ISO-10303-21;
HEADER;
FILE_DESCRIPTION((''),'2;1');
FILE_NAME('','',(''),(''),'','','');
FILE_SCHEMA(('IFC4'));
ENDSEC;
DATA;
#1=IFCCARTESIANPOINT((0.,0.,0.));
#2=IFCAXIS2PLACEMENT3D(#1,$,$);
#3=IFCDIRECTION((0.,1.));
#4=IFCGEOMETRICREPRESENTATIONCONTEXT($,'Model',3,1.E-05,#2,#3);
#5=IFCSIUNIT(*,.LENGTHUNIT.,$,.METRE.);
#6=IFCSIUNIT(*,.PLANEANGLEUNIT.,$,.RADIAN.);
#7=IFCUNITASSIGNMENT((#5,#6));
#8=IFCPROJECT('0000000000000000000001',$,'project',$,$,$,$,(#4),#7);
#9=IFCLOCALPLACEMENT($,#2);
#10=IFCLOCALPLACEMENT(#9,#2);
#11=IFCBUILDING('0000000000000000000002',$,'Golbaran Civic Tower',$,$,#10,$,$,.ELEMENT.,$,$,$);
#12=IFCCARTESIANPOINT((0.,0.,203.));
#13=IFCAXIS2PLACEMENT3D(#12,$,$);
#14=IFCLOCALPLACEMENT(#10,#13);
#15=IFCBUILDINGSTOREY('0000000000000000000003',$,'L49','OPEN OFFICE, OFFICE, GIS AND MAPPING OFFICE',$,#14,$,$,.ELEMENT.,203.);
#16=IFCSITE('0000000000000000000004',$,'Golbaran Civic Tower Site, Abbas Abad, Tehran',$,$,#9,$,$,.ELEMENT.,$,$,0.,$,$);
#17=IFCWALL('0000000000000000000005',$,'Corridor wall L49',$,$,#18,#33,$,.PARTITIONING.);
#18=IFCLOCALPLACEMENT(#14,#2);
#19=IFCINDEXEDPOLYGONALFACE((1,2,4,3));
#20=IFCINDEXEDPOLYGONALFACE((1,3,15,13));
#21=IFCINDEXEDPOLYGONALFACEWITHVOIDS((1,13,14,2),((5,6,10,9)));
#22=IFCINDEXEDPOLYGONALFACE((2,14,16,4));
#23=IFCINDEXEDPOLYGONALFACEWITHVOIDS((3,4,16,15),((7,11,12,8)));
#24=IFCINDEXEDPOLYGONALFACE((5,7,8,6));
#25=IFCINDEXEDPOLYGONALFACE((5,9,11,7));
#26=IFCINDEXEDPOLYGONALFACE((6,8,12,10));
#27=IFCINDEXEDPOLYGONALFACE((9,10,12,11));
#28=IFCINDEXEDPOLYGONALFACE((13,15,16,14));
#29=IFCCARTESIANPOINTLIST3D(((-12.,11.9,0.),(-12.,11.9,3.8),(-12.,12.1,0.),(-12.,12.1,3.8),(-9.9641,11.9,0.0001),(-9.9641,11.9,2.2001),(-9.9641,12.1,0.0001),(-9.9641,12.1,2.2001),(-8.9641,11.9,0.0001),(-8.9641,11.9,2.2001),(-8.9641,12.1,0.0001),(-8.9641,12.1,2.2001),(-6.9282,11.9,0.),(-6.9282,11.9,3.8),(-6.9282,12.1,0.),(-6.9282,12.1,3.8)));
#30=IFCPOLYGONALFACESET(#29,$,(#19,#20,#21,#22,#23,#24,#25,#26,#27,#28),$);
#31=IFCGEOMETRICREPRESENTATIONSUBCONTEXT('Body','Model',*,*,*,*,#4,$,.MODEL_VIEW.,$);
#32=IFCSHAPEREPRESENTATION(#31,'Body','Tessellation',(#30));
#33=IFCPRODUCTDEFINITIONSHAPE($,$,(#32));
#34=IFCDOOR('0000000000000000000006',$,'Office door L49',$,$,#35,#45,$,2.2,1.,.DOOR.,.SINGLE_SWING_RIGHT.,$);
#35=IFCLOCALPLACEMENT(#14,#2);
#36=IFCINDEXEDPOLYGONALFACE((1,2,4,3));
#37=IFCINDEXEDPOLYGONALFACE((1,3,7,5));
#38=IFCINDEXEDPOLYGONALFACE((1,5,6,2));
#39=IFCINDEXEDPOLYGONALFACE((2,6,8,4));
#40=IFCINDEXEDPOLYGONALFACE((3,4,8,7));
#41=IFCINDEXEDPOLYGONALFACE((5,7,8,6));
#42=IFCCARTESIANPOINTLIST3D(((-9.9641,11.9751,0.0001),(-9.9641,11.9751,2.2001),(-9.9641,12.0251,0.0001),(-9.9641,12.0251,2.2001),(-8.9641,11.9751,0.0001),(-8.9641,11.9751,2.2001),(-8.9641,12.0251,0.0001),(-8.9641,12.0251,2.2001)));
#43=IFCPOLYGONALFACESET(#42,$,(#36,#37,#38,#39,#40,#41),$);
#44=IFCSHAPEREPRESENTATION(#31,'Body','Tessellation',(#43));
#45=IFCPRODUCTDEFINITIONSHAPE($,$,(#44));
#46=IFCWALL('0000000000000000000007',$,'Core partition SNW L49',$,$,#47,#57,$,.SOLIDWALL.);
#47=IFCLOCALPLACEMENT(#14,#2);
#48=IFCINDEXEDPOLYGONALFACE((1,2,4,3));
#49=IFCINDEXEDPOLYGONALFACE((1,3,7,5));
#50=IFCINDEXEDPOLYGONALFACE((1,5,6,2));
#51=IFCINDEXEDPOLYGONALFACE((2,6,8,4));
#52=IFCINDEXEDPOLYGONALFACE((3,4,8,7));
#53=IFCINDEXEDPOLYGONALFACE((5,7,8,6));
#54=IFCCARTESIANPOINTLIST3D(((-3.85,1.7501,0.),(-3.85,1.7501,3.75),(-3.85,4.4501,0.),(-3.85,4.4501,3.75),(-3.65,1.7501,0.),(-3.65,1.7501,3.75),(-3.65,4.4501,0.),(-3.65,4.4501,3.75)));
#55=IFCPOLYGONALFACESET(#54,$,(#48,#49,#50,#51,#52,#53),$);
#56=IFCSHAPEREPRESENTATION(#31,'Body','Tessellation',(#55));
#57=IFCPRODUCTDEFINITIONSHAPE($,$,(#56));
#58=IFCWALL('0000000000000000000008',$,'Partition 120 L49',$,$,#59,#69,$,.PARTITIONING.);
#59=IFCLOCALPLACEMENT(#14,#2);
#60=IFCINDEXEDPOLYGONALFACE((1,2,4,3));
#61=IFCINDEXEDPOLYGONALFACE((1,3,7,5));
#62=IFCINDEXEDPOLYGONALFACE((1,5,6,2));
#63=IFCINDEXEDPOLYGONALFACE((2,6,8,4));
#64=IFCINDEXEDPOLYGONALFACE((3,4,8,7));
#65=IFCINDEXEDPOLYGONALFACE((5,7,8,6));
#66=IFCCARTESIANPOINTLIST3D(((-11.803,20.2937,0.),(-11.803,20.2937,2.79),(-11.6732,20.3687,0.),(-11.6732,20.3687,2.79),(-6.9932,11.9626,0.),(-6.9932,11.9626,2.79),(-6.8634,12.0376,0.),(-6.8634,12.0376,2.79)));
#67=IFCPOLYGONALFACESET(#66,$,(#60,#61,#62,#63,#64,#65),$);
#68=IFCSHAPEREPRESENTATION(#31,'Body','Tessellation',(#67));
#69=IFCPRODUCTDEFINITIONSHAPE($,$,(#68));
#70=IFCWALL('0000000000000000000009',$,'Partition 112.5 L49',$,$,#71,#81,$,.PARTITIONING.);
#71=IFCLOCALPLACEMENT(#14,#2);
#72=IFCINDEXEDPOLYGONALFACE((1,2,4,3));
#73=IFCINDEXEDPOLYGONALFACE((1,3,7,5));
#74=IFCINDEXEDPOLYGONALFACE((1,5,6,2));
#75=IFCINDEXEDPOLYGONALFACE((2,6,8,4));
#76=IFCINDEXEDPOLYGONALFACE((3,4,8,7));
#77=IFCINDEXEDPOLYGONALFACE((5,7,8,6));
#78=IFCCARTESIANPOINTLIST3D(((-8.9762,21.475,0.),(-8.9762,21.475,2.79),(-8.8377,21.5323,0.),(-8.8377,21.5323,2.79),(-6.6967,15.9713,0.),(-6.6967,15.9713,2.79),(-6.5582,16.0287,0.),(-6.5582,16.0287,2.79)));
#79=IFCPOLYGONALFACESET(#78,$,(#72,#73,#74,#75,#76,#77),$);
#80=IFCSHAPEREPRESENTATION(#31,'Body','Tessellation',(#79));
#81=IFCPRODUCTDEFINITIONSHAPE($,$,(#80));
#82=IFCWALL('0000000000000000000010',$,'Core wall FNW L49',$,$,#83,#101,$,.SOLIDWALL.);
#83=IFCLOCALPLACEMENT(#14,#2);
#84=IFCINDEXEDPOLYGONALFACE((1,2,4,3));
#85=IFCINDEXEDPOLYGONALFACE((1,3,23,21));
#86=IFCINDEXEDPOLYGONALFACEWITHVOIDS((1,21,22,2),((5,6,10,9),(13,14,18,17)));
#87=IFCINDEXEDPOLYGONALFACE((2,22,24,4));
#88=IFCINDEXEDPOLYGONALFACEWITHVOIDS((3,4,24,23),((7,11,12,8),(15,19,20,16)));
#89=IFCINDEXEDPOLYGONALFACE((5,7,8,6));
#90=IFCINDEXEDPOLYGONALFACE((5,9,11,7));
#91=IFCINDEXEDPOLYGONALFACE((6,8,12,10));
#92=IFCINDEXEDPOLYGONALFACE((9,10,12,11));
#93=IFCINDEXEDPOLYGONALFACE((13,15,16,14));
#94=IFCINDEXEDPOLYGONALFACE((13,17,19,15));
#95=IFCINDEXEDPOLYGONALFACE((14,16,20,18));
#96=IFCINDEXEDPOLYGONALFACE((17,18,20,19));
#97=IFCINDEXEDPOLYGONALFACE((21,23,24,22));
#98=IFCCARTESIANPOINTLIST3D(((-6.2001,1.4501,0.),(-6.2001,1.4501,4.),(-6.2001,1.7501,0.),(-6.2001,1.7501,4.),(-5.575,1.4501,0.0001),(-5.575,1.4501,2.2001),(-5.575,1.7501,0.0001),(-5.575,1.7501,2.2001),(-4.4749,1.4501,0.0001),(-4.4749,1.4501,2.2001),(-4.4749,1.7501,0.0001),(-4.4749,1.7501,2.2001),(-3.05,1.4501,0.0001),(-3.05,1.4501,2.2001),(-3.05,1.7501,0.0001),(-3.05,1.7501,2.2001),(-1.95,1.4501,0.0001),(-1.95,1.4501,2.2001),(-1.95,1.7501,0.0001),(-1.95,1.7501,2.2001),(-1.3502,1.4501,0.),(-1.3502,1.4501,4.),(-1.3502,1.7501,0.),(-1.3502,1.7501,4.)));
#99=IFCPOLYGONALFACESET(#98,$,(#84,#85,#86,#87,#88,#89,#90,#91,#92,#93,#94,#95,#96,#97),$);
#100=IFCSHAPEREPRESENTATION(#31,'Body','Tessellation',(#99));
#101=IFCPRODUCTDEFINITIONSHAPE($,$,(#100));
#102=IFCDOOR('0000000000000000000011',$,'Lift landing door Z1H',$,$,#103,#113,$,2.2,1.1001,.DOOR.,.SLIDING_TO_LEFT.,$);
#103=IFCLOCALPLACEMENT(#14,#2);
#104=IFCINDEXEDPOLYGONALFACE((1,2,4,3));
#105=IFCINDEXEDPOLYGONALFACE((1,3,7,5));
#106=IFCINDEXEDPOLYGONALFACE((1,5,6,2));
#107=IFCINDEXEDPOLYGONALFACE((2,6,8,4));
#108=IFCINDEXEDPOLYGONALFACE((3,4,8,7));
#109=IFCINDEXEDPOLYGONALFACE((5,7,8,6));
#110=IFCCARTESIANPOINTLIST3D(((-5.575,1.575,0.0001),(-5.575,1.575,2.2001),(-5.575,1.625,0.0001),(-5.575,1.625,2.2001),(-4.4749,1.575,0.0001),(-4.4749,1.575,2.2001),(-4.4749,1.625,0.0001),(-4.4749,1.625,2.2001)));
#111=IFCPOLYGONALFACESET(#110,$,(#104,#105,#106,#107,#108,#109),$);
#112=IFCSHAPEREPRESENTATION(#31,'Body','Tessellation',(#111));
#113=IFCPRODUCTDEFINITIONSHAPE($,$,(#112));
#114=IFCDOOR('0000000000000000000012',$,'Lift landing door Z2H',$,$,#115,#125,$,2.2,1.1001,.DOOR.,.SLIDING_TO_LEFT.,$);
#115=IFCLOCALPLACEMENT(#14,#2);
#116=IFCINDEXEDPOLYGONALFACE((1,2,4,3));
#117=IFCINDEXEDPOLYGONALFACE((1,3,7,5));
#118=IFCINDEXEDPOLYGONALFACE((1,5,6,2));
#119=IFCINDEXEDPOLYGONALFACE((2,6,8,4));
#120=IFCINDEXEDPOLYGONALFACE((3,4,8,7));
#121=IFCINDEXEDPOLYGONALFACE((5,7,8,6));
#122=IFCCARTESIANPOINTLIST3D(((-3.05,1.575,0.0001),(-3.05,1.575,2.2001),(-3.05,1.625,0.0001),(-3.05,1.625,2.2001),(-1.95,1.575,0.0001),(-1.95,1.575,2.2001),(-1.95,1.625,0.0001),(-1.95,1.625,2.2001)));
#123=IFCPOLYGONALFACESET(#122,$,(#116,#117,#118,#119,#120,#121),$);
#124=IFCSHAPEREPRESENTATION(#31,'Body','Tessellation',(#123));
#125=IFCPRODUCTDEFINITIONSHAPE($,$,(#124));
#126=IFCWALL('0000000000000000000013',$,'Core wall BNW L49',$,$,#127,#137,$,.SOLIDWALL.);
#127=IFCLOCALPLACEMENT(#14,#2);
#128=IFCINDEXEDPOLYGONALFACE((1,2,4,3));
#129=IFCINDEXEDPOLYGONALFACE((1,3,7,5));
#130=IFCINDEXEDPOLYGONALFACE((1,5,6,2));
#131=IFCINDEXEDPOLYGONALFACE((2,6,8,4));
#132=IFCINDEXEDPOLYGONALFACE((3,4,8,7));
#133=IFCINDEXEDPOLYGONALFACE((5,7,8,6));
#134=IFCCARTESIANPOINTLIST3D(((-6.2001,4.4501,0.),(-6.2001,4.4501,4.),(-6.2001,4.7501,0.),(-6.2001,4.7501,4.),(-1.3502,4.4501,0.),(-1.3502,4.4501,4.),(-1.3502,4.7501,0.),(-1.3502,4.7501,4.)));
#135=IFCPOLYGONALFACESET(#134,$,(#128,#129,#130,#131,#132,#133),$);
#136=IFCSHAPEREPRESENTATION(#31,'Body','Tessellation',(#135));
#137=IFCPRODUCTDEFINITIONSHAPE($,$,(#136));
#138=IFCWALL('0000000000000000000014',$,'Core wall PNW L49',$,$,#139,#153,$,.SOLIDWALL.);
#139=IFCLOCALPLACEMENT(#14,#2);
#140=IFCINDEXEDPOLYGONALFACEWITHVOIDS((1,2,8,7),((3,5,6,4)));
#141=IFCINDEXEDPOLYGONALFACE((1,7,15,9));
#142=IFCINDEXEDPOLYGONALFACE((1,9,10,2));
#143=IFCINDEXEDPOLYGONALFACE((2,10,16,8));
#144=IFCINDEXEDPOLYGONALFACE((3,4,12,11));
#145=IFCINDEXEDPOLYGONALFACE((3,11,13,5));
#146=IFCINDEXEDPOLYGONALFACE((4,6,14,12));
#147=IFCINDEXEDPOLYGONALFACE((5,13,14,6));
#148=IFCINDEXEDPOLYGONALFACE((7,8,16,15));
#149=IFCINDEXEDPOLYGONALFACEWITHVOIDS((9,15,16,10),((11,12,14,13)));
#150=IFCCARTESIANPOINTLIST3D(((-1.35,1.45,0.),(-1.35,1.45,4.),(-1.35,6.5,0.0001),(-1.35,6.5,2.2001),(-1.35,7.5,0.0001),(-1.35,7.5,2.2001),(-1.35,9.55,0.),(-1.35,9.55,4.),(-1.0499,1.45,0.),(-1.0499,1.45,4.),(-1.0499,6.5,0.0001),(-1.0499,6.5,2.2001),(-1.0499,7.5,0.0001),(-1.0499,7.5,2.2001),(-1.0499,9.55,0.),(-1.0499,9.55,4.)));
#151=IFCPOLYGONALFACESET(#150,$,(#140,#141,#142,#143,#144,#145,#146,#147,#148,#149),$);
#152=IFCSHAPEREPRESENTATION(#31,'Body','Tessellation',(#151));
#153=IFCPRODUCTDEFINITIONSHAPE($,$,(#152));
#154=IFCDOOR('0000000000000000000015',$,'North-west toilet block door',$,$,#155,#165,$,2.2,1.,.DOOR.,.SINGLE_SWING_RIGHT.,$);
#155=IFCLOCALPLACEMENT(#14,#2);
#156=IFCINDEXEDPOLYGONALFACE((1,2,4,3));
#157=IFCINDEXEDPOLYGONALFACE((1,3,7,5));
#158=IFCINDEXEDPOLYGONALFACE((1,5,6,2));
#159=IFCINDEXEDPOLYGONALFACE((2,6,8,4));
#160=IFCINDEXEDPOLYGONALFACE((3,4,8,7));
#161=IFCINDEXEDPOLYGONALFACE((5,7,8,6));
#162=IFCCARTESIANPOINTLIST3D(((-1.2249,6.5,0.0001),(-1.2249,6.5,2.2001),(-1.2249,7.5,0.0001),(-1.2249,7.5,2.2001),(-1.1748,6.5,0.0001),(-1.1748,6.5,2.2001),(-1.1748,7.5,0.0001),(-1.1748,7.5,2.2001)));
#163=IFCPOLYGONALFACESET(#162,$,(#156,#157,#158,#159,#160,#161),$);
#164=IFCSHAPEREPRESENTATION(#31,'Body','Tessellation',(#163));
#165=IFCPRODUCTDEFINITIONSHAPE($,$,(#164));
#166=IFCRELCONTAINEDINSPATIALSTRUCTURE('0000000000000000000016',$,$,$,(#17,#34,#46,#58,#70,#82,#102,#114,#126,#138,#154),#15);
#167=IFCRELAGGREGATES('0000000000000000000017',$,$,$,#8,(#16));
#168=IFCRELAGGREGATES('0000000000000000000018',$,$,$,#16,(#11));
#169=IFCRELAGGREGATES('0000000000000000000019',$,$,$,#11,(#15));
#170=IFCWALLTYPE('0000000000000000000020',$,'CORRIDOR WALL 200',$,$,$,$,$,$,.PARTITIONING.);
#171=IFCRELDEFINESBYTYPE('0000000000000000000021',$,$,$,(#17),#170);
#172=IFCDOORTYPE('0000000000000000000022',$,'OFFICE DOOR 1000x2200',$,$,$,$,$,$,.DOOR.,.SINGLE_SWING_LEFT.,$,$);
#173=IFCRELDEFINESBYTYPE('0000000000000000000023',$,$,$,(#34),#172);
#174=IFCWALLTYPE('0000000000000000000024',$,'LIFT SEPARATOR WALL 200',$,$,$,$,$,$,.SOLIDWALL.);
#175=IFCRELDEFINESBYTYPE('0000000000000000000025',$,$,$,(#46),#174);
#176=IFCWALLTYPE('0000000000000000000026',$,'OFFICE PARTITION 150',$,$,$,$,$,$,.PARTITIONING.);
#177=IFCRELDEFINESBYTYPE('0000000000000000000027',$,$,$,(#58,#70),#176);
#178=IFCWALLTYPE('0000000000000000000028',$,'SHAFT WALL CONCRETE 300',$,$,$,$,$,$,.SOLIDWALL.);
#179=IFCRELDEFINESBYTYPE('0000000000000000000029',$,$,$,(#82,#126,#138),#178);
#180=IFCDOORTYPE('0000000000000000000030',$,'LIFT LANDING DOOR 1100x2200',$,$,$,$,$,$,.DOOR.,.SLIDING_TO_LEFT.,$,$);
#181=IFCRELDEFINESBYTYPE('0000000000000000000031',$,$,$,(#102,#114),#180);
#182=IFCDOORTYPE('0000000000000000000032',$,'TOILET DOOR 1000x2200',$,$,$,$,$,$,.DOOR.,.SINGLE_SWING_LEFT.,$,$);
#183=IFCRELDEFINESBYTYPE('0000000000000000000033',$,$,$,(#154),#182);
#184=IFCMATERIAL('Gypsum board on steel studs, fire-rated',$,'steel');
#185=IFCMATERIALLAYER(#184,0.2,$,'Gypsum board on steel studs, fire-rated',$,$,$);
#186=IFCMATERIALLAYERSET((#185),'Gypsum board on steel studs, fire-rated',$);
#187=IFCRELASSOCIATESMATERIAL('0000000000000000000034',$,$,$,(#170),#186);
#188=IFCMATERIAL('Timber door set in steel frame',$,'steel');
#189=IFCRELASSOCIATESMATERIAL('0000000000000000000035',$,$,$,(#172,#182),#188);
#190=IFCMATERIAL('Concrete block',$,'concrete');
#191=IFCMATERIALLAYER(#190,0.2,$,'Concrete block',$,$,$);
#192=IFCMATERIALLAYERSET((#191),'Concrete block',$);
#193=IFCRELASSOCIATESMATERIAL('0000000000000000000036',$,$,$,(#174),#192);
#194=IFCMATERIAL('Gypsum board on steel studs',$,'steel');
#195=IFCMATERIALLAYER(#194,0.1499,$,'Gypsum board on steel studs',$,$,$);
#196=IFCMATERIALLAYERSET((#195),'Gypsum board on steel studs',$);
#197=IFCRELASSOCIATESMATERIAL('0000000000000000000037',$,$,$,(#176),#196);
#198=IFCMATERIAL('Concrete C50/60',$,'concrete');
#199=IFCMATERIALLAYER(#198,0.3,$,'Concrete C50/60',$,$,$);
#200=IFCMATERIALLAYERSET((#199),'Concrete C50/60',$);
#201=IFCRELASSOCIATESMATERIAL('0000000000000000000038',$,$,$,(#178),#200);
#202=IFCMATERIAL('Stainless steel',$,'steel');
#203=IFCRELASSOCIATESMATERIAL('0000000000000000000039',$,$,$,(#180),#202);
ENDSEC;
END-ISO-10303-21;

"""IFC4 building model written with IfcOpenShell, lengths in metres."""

from ifc_helpers import new_model, si_unit, direction, frame, frame_2d, origin, place, context, subcontext, project, spatial, rectangle, extrude, material, layer, layer_set, type_object, element, fill, save


model = new_model("IFC4")

# Units and contexts
model_context = context("Model", 3, precision=1e-05, world=origin(), true_north=direction((0.0, 1.0)))
body_context = subcontext(model_context, "Body", "Model", "MODEL_VIEW")
ifc_project = project(units=[si_unit("LENGTHUNIT", "METRE"), si_unit("PLANEANGLEUNIT", "RADIAN")], contexts=[model_context])

# Site, building, storey
site_placement = place(None, origin())
site = spatial("IfcSite", under=ifc_project, at=site_placement, Name="Golbaran Civic Tower Site, Abbas Abad, Tehran", CompositionType="ELEMENT", RefElevation=0.0)
building_placement = place(site_placement, origin())
building = spatial("IfcBuilding", under=site, at=building_placement, Name="Golbaran Civic Tower", CompositionType="ELEMENT")
storey_placement = place(building_placement, frame((0.0, 0.0, 203.0)))
storey = spatial("IfcBuildingStorey", under=building, at=storey_placement, Name="L49", Description="OPEN OFFICE, OFFICE, GIS AND MAPPING OFFICE", CompositionType="ELEMENT", Elevation=203.0)

# Wall, opening, door
ifc_material_1 = material(Name="Gypsum board on steel studs, fire-rated", Category="steel")
ifc_layer_1 = layer(ifc_material_1, 0.2, Name="Gypsum board on steel studs, fire-rated")
ifc_layer_set_1 = layer_set([ifc_layer_1], Name="Gypsum board on steel studs, fire-rated")
wall_type_1 = type_object("IfcWallType", Name="CORRIDOR WALL 200", PredefinedType="PARTITIONING", material=ifc_layer_set_1)
wall_1_placement = place(storey_placement, frame((-6.9282, 12.0, 0.0), z_axis=(0.0, 0.0, 1.0), x_axis=(-1.0, 0.0, 0.0)))
wall_1 = element("IfcWall", 1, at=wall_1_placement, inside=storey, type_object=wall_type_1, Name="Corridor wall L49", PredefinedType="PARTITIONING", context=body_context, shape_type="SweptSolid", body=[
    extrude(rectangle(XDim=5.0718, YDim=0.2, at=frame_2d((2.5359, 0.0))), origin(), (0.0, 0.0, 1.0), 3.8),
])
opening_1_placement = place(wall_1_placement, frame((2.0359, 0.0, 0.0)))
opening_1 = element("IfcOpeningElement", 2, at=opening_1_placement, cuts=wall_1, PredefinedType="OPENING", context=body_context, shape_type="SweptSolid", body=[
    extrude(rectangle(XDim=1.0, YDim=2.2, at=frame_2d((0.5, 1.1001))), frame((0.0, 0.1099, 0.0), z_axis=(0.0, -1.0, 0.0), x_axis=(1.0, 0.0, 0.0)), (0.0, 0.0, 1.0), 0.22),
])
ifc_material_2 = material(Name="Timber door set in steel frame", Category="steel")
door_type_1 = type_object("IfcDoorType", Name="OFFICE DOOR 1000x2200", OperationType="SINGLE_SWING_LEFT", PredefinedType="DOOR", material=ifc_material_2)
door_1_placement = place(opening_1_placement, origin())
door_1 = element("IfcDoor", 3, at=door_1_placement, inside=storey, type_object=door_type_1, Name="Office door L49", OperationType="SINGLE_SWING_RIGHT", OverallHeight=2.2, OverallWidth=1.0, PredefinedType="DOOR", context=body_context, shape_type="SweptSolid", body=[
    extrude(rectangle(XDim=1.0, YDim=2.2, at=frame_2d((0.5, 1.1001))), frame((0.0, 0.0249, 0.0), z_axis=(0.0, -1.0, 0.0), x_axis=(1.0, 0.0, 0.0)), (0.0, 0.0, 1.0), 0.05),
])
fill(opening_1, door_1)

# Walls
ifc_material_3 = material(Name="Concrete block", Category="concrete")
ifc_layer_2 = layer(ifc_material_3, 0.2, Name="Concrete block")
ifc_layer_set_2 = layer_set([ifc_layer_2], Name="Concrete block")
wall_type_2 = type_object("IfcWallType", Name="LIFT SEPARATOR WALL 200", PredefinedType="SOLIDWALL", material=ifc_layer_set_2)
wall_2_placement = place(storey_placement, frame((-3.75, 1.75, 0.0), z_axis=(0.0, 0.0, 1.0), x_axis=(0.0, 1.0, 0.0)))
element("IfcWall", 4, at=wall_2_placement, inside=storey, type_object=wall_type_2, Name="Core partition SNW L49", PredefinedType="SOLIDWALL", context=body_context, shape_type="SweptSolid", body=[
    extrude(rectangle(XDim=2.7, YDim=0.2, at=frame_2d((1.3501, 0.0))), origin(), (0.0, 0.0, 1.0), 3.75),
])
ifc_material_4 = material(Name="Gypsum board on steel studs", Category="steel")
ifc_layer_3 = layer(ifc_material_4, 0.1499, Name="Gypsum board on steel studs")
ifc_layer_set_3 = layer_set([ifc_layer_3], Name="Gypsum board on steel studs")
wall_type_3 = type_object("IfcWallType", Name="OFFICE PARTITION 150", PredefinedType="PARTITIONING", material=ifc_layer_set_3)
wall_3_placement = place(storey_placement, frame((-6.9282, 12.0, 0.0), z_axis=(0.0, 0.0, 1.0), x_axis=(-0.49999, 0.866031, 0.0)))
element("IfcWall", 5, at=wall_3_placement, inside=storey, type_object=wall_type_3, Name="Partition 120 L49", PredefinedType="PARTITIONING", context=body_context, shape_type="SweptSolid", body=[
    extrude(rectangle(XDim=9.6199, YDim=0.1499, at=frame_2d((4.8101, 0.0))), origin(), (0.0, 0.0, 1.0), 2.79),
])
wall_4_placement = place(storey_placement, frame((-6.6274, 16.0, 0.0), z_axis=(0.0, 0.0, 1.0), x_axis=(-0.382662, 0.923888, 0.0)))
element("IfcWall", 6, at=wall_4_placement, inside=storey, type_object=wall_type_3, Name="Partition 112.5 L49", PredefinedType="PARTITIONING", context=body_context, shape_type="SweptSolid", body=[
    extrude(rectangle(XDim=5.957, YDim=0.1499, at=frame_2d((2.9785, 0.0))), origin(), (0.0, 0.0, 1.0), 2.79),
])

# Wall, openings, doors
ifc_material_5 = material(Name="Concrete C50/60", Category="concrete")
ifc_layer_4 = layer(ifc_material_5, 0.3, Name="Concrete C50/60")
ifc_layer_set_4 = layer_set([ifc_layer_4], Name="Concrete C50/60")
wall_type_4 = type_object("IfcWallType", Name="SHAFT WALL CONCRETE 300", PredefinedType="SOLIDWALL", material=ifc_layer_set_4)
wall_5_placement = place(storey_placement, frame((-6.2, 1.6001, 0.0), z_axis=(0.0, 0.0, 1.0), x_axis=(1.0, 0.0, 0.0)))
wall_5 = element("IfcWall", 7, at=wall_5_placement, inside=storey, type_object=wall_type_4, Name="Core wall FNW L49", PredefinedType="SOLIDWALL", context=body_context, shape_type="SweptSolid", body=[
    extrude(rectangle(XDim=4.8499, YDim=0.3, at=frame_2d((2.4248, 0.0))), origin(), (0.0, 0.0, 1.0), 4.0),
])
opening_2_placement = place(wall_5_placement, frame((0.625, 0.0, 0.0)))
opening_2 = element("IfcOpeningElement", 8, at=opening_2_placement, cuts=wall_5, PredefinedType="OPENING", context=body_context, shape_type="SweptSolid", body=[
    extrude(rectangle(XDim=1.1001, YDim=2.2, at=frame_2d((0.55, 1.1001))), frame((0.0, 0.1599, 0.0), z_axis=(0.0, -1.0, 0.0), x_axis=(1.0, 0.0, 0.0)), (0.0, 0.0, 1.0), 0.3201),
])
opening_3_placement = place(wall_5_placement, frame((3.1499, 0.0, 0.0)))
opening_3 = element("IfcOpeningElement", 9, at=opening_3_placement, cuts=wall_5, PredefinedType="OPENING", context=body_context, shape_type="SweptSolid", body=[
    extrude(rectangle(XDim=1.1001, YDim=2.2, at=frame_2d((0.55, 1.1001))), frame((0.0, 0.1599, 0.0), z_axis=(0.0, -1.0, 0.0), x_axis=(1.0, 0.0, 0.0)), (0.0, 0.0, 1.0), 0.3201),
])
ifc_material_6 = material(Name="Stainless steel", Category="steel")
door_type_2 = type_object("IfcDoorType", Name="LIFT LANDING DOOR 1100x2200", OperationType="SLIDING_TO_LEFT", PredefinedType="DOOR", material=ifc_material_6)
door_2_placement = place(opening_2_placement, origin())
door_2 = element("IfcDoor", 10, at=door_2_placement, inside=storey, type_object=door_type_2, Name="Lift landing door Z1H", OperationType="SLIDING_TO_LEFT", OverallHeight=2.2, OverallWidth=1.1001, PredefinedType="DOOR", context=body_context, shape_type="SweptSolid", body=[
    extrude(rectangle(XDim=1.1001, YDim=2.2, at=frame_2d((0.55, 1.1001))), frame((0.0, 0.0249, 0.0), z_axis=(0.0, -1.0, 0.0), x_axis=(1.0, 0.0, 0.0)), (0.0, 0.0, 1.0), 0.05),
])
fill(opening_2, door_2)
door_3_placement = place(opening_3_placement, origin())
door_3 = element("IfcDoor", 11, at=door_3_placement, inside=storey, type_object=door_type_2, Name="Lift landing door Z2H", OperationType="SLIDING_TO_LEFT", OverallHeight=2.2, OverallWidth=1.1001, PredefinedType="DOOR", context=body_context, shape_type="SweptSolid", body=[
    extrude(rectangle(XDim=1.1001, YDim=2.2, at=frame_2d((0.55, 1.1001))), frame((0.0, 0.0249, 0.0), z_axis=(0.0, -1.0, 0.0), x_axis=(1.0, 0.0, 0.0)), (0.0, 0.0, 1.0), 0.05),
])
fill(opening_3, door_3)

# Wall
wall_6_placement = place(storey_placement, frame((-6.2, 4.6001, 0.0), z_axis=(0.0, 0.0, 1.0), x_axis=(1.0, 0.0, 0.0)))
element("IfcWall", 12, at=wall_6_placement, inside=storey, type_object=wall_type_4, Name="Core wall BNW L49", PredefinedType="SOLIDWALL", context=body_context, shape_type="SweptSolid", body=[
    extrude(rectangle(XDim=4.8499, YDim=0.3, at=frame_2d((2.4248, 0.0))), origin(), (0.0, 0.0, 1.0), 4.0),
])

# Wall, opening, door
wall_7_placement = place(storey_placement, frame((-1.2, 1.45, 0.0), z_axis=(0.0, 0.0, 1.0), x_axis=(0.0, 1.0, 0.0)))
wall_7 = element("IfcWall", 13, at=wall_7_placement, inside=storey, type_object=wall_type_4, Name="Core wall PNW L49", PredefinedType="SOLIDWALL", context=body_context, shape_type="SweptSolid", body=[
    extrude(rectangle(XDim=8.1001, YDim=0.3, at=frame_2d((4.05, 0.0))), origin(), (0.0, 0.0, 1.0), 4.0),
])
opening_4_placement = place(wall_7_placement, frame((5.05, 0.0, 0.0)))
opening_4 = element("IfcOpeningElement", 14, at=opening_4_placement, cuts=wall_7, PredefinedType="OPENING", context=body_context, shape_type="SweptSolid", body=[
    extrude(rectangle(XDim=1.0, YDim=2.2, at=frame_2d((0.5, 1.1001))), frame((0.0, 0.1599, 0.0), z_axis=(0.0, -1.0, 0.0), x_axis=(1.0, 0.0, 0.0)), (0.0, 0.0, 1.0), 0.3201),
])
door_type_3 = type_object("IfcDoorType", Name="TOILET DOOR 1000x2200", OperationType="SINGLE_SWING_LEFT", PredefinedType="DOOR", material=ifc_material_2)
door_4_placement = place(opening_4_placement, origin())
door_4 = element("IfcDoor", 15, at=door_4_placement, inside=storey, type_object=door_type_3, Name="North-west toilet block door", OperationType="SINGLE_SWING_RIGHT", OverallHeight=2.2, OverallWidth=1.0, PredefinedType="DOOR", context=body_context, shape_type="SweptSolid", body=[
    extrude(rectangle(XDim=1.0, YDim=2.2, at=frame_2d((0.5, 1.1001))), frame((0.0, 0.0249, 0.0), z_axis=(0.0, -1.0, 0.0), x_axis=(1.0, 0.0, 0.0)), (0.0, 0.0, 1.0), 0.05),
])
fill(opening_4, door_4)

save(model, "model.ifc")
